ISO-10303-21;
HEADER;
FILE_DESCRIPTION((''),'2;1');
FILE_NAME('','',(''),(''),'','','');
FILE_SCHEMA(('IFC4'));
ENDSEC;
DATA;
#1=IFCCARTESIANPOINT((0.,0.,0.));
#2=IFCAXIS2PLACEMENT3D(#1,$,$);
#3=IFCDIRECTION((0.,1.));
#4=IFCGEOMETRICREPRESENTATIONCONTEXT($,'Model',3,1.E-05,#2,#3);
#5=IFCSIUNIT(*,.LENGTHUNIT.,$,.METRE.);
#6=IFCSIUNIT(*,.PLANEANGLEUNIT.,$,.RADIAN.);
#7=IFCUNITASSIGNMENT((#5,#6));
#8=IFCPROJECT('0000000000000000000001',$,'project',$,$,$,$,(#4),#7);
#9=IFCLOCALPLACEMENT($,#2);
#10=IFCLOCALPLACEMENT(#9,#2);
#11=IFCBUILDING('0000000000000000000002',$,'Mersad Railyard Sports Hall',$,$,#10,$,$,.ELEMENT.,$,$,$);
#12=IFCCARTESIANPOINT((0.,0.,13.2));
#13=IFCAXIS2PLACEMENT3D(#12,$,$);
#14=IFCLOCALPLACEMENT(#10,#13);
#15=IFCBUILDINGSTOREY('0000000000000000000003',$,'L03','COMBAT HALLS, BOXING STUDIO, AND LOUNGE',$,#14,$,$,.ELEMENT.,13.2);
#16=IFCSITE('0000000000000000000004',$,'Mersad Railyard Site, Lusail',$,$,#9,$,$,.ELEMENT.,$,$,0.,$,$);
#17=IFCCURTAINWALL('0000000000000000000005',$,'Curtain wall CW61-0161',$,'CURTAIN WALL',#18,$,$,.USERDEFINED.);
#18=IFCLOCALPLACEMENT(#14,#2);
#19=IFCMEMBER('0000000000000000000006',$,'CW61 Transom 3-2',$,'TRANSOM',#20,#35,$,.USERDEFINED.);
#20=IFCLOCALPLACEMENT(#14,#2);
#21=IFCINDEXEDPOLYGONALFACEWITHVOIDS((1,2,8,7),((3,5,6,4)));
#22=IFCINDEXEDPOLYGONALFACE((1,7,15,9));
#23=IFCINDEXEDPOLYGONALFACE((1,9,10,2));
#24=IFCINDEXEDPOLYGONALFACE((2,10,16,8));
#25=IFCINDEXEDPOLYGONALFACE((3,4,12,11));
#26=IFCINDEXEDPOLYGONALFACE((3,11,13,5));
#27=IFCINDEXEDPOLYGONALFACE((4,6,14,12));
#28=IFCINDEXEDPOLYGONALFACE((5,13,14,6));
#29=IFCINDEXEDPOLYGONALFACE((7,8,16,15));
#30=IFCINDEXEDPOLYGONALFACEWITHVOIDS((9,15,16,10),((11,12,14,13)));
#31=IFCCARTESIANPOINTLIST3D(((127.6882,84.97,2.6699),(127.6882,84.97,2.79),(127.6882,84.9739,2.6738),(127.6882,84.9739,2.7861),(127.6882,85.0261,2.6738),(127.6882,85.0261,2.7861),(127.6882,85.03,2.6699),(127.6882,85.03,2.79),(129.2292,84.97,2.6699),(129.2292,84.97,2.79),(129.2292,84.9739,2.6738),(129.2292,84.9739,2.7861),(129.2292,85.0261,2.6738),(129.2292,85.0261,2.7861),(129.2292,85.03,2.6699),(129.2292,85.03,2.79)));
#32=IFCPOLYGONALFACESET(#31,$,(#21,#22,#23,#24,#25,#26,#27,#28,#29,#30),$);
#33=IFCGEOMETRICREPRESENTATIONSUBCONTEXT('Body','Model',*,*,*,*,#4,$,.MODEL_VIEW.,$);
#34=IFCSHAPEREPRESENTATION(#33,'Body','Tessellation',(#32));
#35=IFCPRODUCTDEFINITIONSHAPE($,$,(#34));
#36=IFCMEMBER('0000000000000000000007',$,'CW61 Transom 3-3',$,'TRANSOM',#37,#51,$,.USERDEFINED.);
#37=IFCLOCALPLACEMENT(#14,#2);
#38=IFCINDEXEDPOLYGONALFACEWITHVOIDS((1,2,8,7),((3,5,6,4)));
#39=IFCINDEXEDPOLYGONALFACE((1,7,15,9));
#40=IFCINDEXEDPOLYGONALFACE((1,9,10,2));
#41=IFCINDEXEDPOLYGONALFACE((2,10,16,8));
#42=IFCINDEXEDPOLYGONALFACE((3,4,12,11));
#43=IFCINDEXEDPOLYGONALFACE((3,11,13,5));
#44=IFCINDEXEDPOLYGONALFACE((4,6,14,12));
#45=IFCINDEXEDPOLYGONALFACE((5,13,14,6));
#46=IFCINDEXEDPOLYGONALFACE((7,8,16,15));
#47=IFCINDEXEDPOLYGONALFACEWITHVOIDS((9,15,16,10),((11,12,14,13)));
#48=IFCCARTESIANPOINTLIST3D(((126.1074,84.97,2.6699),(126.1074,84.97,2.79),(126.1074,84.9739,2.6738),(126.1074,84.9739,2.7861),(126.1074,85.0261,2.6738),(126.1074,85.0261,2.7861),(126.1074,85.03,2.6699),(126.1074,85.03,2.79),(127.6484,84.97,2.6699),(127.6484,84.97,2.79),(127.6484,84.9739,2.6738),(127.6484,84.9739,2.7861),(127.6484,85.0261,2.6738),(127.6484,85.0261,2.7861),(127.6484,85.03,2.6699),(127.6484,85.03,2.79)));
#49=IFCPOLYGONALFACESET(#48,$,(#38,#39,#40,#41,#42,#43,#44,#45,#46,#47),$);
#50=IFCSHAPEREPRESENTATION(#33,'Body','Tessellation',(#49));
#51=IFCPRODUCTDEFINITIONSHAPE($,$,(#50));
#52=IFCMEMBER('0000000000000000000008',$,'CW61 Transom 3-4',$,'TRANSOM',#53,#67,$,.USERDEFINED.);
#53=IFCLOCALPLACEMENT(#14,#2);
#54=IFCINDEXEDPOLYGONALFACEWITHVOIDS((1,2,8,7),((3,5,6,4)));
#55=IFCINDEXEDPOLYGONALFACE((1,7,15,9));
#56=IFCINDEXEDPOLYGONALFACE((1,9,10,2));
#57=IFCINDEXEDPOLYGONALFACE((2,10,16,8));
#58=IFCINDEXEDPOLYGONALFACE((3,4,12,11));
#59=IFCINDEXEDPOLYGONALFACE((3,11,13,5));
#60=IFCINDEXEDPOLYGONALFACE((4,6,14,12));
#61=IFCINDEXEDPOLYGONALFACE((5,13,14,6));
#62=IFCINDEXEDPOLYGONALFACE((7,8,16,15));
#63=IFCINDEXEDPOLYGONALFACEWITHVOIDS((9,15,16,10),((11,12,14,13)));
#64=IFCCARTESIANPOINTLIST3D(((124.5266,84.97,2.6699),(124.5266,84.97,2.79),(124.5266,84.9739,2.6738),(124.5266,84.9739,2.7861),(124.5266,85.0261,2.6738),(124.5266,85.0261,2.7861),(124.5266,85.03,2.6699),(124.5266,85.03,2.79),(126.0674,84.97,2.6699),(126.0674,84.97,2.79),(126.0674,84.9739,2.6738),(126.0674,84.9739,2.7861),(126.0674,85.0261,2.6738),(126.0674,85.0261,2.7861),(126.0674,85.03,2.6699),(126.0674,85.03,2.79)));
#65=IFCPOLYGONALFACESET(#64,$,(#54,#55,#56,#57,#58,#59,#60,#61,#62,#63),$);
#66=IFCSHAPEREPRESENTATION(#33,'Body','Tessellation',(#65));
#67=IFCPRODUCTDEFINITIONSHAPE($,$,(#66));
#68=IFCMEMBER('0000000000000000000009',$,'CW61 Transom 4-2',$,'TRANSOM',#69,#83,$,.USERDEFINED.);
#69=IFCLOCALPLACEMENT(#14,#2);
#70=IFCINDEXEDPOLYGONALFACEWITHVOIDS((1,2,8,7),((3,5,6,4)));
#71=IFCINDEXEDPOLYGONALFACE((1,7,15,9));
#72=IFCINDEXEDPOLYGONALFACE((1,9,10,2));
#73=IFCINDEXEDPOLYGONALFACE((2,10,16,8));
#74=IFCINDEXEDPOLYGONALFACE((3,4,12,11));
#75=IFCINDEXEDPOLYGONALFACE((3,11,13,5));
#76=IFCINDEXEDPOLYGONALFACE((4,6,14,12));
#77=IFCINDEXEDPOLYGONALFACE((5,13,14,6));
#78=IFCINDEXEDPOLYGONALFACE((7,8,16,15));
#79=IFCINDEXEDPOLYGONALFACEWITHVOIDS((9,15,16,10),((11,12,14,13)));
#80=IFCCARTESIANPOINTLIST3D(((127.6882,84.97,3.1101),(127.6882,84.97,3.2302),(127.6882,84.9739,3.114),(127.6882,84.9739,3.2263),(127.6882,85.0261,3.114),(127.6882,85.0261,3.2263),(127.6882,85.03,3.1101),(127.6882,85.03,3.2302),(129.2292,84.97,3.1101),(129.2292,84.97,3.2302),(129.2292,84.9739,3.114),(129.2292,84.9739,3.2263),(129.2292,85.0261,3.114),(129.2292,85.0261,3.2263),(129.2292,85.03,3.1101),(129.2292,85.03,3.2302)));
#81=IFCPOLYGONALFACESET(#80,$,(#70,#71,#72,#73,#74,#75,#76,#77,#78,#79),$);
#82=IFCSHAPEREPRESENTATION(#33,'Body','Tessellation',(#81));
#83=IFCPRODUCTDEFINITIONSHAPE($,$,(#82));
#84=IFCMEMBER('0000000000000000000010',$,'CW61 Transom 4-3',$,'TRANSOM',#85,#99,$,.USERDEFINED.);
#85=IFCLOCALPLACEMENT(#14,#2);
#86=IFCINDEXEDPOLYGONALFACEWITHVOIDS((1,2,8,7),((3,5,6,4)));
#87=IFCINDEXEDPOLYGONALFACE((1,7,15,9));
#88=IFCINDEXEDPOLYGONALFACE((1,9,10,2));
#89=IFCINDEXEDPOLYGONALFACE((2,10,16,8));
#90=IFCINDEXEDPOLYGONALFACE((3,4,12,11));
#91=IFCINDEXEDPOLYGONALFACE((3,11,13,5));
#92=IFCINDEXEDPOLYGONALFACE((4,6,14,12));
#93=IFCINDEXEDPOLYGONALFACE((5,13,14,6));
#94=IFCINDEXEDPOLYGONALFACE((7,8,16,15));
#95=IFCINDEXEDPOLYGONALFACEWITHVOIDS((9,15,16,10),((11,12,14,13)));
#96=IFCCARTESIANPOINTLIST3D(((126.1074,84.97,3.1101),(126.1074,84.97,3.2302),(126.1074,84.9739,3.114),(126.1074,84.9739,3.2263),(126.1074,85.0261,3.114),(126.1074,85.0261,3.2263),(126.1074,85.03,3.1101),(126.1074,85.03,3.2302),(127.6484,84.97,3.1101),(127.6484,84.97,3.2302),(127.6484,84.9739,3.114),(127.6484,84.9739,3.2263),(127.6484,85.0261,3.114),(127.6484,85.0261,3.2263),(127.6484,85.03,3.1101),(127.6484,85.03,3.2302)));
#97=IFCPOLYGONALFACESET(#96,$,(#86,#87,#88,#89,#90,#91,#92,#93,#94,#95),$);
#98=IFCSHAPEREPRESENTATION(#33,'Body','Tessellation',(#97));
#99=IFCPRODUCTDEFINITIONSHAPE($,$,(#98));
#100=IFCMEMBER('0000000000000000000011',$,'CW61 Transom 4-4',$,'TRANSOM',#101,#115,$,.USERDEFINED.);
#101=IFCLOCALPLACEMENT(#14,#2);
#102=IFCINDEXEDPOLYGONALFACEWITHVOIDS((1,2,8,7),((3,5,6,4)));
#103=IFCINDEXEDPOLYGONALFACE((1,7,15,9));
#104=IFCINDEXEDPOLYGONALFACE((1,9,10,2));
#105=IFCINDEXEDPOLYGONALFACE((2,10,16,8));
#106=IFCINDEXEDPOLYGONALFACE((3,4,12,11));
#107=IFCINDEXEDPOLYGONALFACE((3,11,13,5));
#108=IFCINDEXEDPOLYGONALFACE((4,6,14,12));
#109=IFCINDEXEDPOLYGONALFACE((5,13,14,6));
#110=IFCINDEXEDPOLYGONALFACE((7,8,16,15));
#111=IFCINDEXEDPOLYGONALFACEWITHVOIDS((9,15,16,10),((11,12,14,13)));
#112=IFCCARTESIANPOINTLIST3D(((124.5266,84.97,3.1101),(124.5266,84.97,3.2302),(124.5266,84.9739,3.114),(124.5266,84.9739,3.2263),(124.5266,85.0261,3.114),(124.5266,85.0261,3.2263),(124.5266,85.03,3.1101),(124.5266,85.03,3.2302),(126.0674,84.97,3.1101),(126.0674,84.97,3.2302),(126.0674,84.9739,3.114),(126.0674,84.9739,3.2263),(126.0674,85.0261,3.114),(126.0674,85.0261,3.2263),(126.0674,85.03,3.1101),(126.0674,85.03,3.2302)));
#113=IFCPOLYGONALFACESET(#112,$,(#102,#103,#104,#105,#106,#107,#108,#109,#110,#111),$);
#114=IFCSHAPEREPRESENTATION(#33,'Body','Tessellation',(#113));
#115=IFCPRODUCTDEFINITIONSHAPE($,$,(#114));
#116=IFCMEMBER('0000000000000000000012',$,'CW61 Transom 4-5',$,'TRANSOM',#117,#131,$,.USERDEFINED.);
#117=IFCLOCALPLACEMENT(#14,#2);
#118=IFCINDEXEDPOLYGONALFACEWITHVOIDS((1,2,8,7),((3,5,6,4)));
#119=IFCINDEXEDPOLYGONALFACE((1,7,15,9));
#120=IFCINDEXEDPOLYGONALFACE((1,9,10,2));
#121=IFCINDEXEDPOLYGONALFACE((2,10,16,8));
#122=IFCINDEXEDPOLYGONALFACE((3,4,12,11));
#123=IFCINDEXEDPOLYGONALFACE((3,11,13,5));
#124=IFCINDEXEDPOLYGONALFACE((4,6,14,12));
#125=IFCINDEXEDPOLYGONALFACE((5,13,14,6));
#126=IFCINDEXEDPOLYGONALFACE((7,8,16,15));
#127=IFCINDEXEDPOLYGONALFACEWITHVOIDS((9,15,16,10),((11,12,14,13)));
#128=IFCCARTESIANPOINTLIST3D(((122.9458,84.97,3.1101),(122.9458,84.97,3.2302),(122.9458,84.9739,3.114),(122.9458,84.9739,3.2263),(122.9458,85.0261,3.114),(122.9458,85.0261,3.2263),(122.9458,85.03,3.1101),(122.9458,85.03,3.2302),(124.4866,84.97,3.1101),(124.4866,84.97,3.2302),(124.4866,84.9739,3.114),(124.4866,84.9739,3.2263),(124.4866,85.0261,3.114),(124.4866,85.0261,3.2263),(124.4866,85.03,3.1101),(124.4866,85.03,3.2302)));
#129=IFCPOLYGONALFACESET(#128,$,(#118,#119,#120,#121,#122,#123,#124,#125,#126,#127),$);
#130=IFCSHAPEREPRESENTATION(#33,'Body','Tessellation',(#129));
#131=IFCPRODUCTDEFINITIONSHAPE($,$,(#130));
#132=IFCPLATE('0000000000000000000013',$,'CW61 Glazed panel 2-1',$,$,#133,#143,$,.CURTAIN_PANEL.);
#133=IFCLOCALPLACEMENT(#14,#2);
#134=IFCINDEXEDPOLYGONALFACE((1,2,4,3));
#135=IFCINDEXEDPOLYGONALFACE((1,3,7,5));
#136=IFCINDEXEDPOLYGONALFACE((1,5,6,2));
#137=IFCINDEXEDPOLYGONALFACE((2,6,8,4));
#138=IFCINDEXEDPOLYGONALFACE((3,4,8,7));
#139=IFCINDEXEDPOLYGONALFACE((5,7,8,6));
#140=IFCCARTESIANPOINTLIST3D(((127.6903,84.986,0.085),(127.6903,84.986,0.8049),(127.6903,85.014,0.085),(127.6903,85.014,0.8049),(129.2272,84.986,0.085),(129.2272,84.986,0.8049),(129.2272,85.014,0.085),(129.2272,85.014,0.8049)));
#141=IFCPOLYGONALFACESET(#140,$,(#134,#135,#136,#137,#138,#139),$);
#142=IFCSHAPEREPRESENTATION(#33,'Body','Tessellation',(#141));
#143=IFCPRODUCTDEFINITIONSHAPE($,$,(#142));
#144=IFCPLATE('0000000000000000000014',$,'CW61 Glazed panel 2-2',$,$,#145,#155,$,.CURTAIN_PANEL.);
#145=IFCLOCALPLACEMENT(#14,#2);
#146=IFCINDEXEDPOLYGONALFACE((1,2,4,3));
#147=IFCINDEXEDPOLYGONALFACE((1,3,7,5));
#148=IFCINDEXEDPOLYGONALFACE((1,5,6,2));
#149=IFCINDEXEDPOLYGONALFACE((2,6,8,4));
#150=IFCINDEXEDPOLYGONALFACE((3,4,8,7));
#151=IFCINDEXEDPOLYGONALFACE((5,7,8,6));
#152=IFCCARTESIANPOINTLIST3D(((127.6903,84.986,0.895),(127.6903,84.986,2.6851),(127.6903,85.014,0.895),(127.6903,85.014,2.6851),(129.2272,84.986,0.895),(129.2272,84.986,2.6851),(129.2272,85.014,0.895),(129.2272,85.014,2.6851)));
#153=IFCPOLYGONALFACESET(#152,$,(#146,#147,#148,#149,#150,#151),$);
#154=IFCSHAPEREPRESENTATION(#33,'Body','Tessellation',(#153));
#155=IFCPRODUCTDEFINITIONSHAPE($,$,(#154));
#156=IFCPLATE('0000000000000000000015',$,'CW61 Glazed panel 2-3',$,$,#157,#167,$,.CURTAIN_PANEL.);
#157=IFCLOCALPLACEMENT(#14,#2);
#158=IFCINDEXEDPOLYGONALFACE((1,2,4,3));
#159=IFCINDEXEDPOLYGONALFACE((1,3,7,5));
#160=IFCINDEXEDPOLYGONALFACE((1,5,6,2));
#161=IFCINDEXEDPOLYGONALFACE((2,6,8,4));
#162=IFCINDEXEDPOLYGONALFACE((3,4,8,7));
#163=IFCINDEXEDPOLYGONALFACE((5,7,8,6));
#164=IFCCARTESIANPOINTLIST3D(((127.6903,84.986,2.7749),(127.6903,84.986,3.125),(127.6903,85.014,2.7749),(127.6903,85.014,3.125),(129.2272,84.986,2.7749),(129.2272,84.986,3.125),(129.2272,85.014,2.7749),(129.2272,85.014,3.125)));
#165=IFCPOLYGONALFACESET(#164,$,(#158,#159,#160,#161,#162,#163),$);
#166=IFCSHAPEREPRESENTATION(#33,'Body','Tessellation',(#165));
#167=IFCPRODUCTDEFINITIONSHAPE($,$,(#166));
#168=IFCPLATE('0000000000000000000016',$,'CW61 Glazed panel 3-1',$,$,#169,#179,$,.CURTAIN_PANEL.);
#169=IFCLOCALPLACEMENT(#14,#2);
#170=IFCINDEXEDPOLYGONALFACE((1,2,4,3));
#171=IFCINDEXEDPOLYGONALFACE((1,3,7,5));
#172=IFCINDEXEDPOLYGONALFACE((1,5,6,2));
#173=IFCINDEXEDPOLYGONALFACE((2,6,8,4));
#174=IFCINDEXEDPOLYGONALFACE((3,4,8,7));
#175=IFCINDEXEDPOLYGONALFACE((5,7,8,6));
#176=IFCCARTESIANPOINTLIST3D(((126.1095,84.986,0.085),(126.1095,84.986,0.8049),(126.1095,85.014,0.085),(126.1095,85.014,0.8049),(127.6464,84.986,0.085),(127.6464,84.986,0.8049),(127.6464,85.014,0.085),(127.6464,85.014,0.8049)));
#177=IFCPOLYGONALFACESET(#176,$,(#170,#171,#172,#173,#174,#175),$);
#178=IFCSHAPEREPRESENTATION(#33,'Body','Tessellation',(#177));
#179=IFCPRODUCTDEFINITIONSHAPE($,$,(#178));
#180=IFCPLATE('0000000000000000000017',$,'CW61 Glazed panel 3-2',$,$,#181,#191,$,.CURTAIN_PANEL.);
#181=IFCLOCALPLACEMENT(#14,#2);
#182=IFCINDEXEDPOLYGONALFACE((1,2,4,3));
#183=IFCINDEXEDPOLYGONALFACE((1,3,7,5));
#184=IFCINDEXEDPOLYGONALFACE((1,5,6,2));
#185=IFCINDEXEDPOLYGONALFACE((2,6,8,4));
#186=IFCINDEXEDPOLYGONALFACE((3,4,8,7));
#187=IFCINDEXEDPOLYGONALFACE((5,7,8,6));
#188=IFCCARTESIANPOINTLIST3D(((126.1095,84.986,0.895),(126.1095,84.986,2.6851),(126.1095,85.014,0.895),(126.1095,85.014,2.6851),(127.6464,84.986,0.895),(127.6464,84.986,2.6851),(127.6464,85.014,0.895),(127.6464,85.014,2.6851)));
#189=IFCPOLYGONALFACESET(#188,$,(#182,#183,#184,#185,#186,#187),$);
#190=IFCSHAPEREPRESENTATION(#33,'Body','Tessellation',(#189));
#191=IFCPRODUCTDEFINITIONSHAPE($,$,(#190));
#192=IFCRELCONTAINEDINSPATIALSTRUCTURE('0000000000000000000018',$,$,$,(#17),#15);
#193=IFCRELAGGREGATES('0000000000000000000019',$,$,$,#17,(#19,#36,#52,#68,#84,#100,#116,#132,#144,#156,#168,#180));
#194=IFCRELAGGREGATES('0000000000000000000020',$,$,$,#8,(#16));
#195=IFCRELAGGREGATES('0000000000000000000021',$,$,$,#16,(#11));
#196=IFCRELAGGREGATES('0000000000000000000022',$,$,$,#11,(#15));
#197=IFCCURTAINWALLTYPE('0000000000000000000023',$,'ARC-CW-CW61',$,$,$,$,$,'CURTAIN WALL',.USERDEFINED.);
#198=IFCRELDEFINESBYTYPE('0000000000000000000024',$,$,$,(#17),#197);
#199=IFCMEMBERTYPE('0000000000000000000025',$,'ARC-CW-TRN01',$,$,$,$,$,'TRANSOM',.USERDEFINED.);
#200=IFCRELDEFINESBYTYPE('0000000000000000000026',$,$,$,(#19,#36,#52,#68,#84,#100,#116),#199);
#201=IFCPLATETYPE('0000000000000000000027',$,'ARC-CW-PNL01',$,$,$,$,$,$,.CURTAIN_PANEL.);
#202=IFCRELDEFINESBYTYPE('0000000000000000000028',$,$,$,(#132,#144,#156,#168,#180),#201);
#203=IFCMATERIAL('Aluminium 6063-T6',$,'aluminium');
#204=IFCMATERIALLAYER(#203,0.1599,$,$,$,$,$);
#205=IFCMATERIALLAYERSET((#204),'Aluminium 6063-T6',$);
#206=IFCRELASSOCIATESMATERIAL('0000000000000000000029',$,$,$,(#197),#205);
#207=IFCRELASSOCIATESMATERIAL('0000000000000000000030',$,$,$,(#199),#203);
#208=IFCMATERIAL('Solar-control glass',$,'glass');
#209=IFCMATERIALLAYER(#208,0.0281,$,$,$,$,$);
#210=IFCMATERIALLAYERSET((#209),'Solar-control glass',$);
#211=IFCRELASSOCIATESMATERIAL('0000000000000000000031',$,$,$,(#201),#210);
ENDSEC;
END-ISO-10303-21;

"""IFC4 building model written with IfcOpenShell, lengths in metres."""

from ifc_helpers import new_model, si_unit, direction, frame, origin, origin_2d, place, context, subcontext, project, spatial, rectangle, hollow_rectangle, extrude, material, layer, layer_set, material_profile, profile_set, type_object, element, aggregate, save


model = new_model("IFC4")

# Units and contexts
model_context = context("Model", 3, precision=1e-05, world=origin(), true_north=direction((0.0, 1.0)))
body_context = subcontext(model_context, "Body", "Model", "MODEL_VIEW")
ifc_project = project(units=[si_unit("LENGTHUNIT", "METRE"), si_unit("PLANEANGLEUNIT", "RADIAN")], contexts=[model_context])

# Site, building, storey
site_placement = place(None, origin())
site = spatial("IfcSite", under=ifc_project, at=site_placement, Name="Mersad Railyard Site, Lusail", CompositionType="ELEMENT", RefElevation=0.0)
building_placement = place(site_placement, origin())
building = spatial("IfcBuilding", under=site, at=building_placement, Name="Mersad Railyard Sports Hall", CompositionType="ELEMENT")
storey_placement = place(building_placement, frame((0.0, 0.0, 13.2)))
storey = spatial("IfcBuildingStorey", under=building, at=storey_placement, Name="L03", Description="COMBAT HALLS, BOXING STUDIO, AND LOUNGE", CompositionType="ELEMENT", Elevation=13.2)

# Shared definitions
ifc_material_1 = material(Name="Aluminium 6063-T6", Category="aluminium")

# Curtain wall, members, plates
ifc_layer_1 = layer(ifc_material_1, 0.1599)
ifc_layer_set_1 = layer_set([ifc_layer_1], Name="Aluminium 6063-T6")
curtain_wall_type_1 = type_object("IfcCurtainWallType", Name="ARC-CW-CW61", ElementType="CURTAIN WALL", PredefinedType="USERDEFINED", material=ifc_layer_set_1)
curtain_wall_1_placement = place(storey_placement, origin())
curtain_wall_1 = element("IfcCurtainWall", 1, at=curtain_wall_1_placement, inside=storey, type_object=curtain_wall_type_1, Name="Curtain wall CW61-0161", ObjectType="CURTAIN WALL", PredefinedType="USERDEFINED")
ifc_material_profile_1 = material_profile(ifc_material_1, hollow_rectangle(XDim=0.0601, YDim=0.1201, WallThickness=0.0039, at=origin_2d()), Name="AL TRANSOM 60x120x4")
ifc_profile_set_1 = profile_set([ifc_material_profile_1], Name="Aluminium 6063-T6")
member_type_1 = type_object("IfcMemberType", Name="ARC-CW-TRN01", ElementType="TRANSOM", PredefinedType="USERDEFINED", material=ifc_profile_set_1)
member_1_placement = place(storey_placement, frame((129.2292, 85.0, 2.73), z_axis=(-1.0, 0.0, 0.0), x_axis=(0.0, -1.0, 0.0)))
member_1 = element("IfcMember", 2, at=member_1_placement, type_object=member_type_1, Name="CW61 Transom 3-2", ObjectType="TRANSOM", PredefinedType="USERDEFINED", context=body_context, shape_type="SweptSolid", body=[
    extrude(hollow_rectangle(XDim=0.0601, YDim=0.1201, WallThickness=0.0039, at=origin_2d()), origin(), (0.0, 0.0, 1.0), 1.541),
])
member_2_placement = place(storey_placement, frame((127.6484, 85.0, 2.73), z_axis=(-1.0, 0.0, 0.0), x_axis=(0.0, -1.0, 0.0)))
member_2 = element("IfcMember", 3, at=member_2_placement, type_object=member_type_1, Name="CW61 Transom 3-3", ObjectType="TRANSOM", PredefinedType="USERDEFINED", context=body_context, shape_type="SweptSolid", body=[
    extrude(hollow_rectangle(XDim=0.0601, YDim=0.1201, WallThickness=0.0039, at=origin_2d()), origin(), (0.0, 0.0, 1.0), 1.541),
])
member_3_placement = place(storey_placement, frame((126.0674, 85.0, 2.73), z_axis=(-1.0, 0.0, 0.0), x_axis=(0.0, -1.0, 0.0)))
member_3 = element("IfcMember", 4, at=member_3_placement, type_object=member_type_1, Name="CW61 Transom 3-4", ObjectType="TRANSOM", PredefinedType="USERDEFINED", context=body_context, shape_type="SweptSolid", body=[
    extrude(hollow_rectangle(XDim=0.0601, YDim=0.1201, WallThickness=0.0039, at=origin_2d()), origin(), (0.0, 0.0, 1.0), 1.5408),
])
member_4_placement = place(storey_placement, frame((129.2292, 85.0, 3.1702), z_axis=(-1.0, 0.0, 0.0), x_axis=(0.0, -1.0, 0.0)))
member_4 = element("IfcMember", 5, at=member_4_placement, type_object=member_type_1, Name="CW61 Transom 4-2", ObjectType="TRANSOM", PredefinedType="USERDEFINED", context=body_context, shape_type="SweptSolid", body=[
    extrude(hollow_rectangle(XDim=0.0601, YDim=0.1201, WallThickness=0.0039, at=origin_2d()), origin(), (0.0, 0.0, 1.0), 1.541),
])
member_5_placement = place(storey_placement, frame((127.6484, 85.0, 3.1702), z_axis=(-1.0, 0.0, 0.0), x_axis=(0.0, -1.0, 0.0)))
member_5 = element("IfcMember", 6, at=member_5_placement, type_object=member_type_1, Name="CW61 Transom 4-3", ObjectType="TRANSOM", PredefinedType="USERDEFINED", context=body_context, shape_type="SweptSolid", body=[
    extrude(hollow_rectangle(XDim=0.0601, YDim=0.1201, WallThickness=0.0039, at=origin_2d()), origin(), (0.0, 0.0, 1.0), 1.541),
])
member_6_placement = place(storey_placement, frame((126.0674, 85.0, 3.1702), z_axis=(-1.0, 0.0, 0.0), x_axis=(0.0, -1.0, 0.0)))
member_6 = element("IfcMember", 7, at=member_6_placement, type_object=member_type_1, Name="CW61 Transom 4-4", ObjectType="TRANSOM", PredefinedType="USERDEFINED", context=body_context, shape_type="SweptSolid", body=[
    extrude(hollow_rectangle(XDim=0.0601, YDim=0.1201, WallThickness=0.0039, at=origin_2d()), origin(), (0.0, 0.0, 1.0), 1.5408),
])
member_7_placement = place(storey_placement, frame((124.4866, 85.0, 3.1702), z_axis=(-1.0, 0.0, 0.0), x_axis=(0.0, -1.0, 0.0)))
member_7 = element("IfcMember", 8, at=member_7_placement, type_object=member_type_1, Name="CW61 Transom 4-5", ObjectType="TRANSOM", PredefinedType="USERDEFINED", context=body_context, shape_type="SweptSolid", body=[
    extrude(hollow_rectangle(XDim=0.0601, YDim=0.1201, WallThickness=0.0039, at=origin_2d()), origin(), (0.0, 0.0, 1.0), 1.5408),
])
ifc_material_2 = material(Name="Solar-control glass", Category="glass")
ifc_layer_2 = layer(ifc_material_2, 0.0281)
ifc_layer_set_2 = layer_set([ifc_layer_2], Name="Solar-control glass")
plate_type = type_object("IfcPlateType", Name="ARC-CW-PNL01", PredefinedType="CURTAIN_PANEL", material=ifc_layer_set_2)
plate_1_placement = place(storey_placement, frame((128.4587, 85.0, 0.085), z_axis=(0.0, 0.0, 1.0), x_axis=(-1.0, 0.0, 0.0)))
plate_1 = element("IfcPlate", 9, at=plate_1_placement, type_object=plate_type, Name="CW61 Glazed panel 2-1", PredefinedType="CURTAIN_PANEL", context=body_context, shape_type="SweptSolid", body=[
    extrude(rectangle(XDim=1.5369, YDim=0.0281, at=origin_2d()), origin(), (0.0, 0.0, 1.0), 0.72),
])
plate_2_placement = place(storey_placement, frame((128.4587, 85.0, 0.895), z_axis=(0.0, 0.0, 1.0), x_axis=(-1.0, 0.0, 0.0)))
plate_2 = element("IfcPlate", 10, at=plate_2_placement, type_object=plate_type, Name="CW61 Glazed panel 2-2", PredefinedType="CURTAIN_PANEL", context=body_context, shape_type="SweptSolid", body=[
    extrude(rectangle(XDim=1.5369, YDim=0.0281, at=origin_2d()), origin(), (0.0, 0.0, 1.0), 1.79),
])
plate_3_placement = place(storey_placement, frame((128.4587, 85.0, 2.7749), z_axis=(0.0, 0.0, 1.0), x_axis=(-1.0, 0.0, 0.0)))
plate_3 = element("IfcPlate", 11, at=plate_3_placement, type_object=plate_type, Name="CW61 Glazed panel 2-3", PredefinedType="CURTAIN_PANEL", context=body_context, shape_type="SweptSolid", body=[
    extrude(rectangle(XDim=1.5369, YDim=0.0281, at=origin_2d()), origin(), (0.0, 0.0, 1.0), 0.3501),
])
plate_4_placement = place(storey_placement, frame((126.8779, 85.0, 0.085), z_axis=(0.0, 0.0, 1.0), x_axis=(-1.0, 0.0, 0.0)))
plate_4 = element("IfcPlate", 12, at=plate_4_placement, type_object=plate_type, Name="CW61 Glazed panel 3-1", PredefinedType="CURTAIN_PANEL", context=body_context, shape_type="SweptSolid", body=[
    extrude(rectangle(XDim=1.5369, YDim=0.0281, at=origin_2d()), origin(), (0.0, 0.0, 1.0), 0.72),
])
plate_5_placement = place(storey_placement, frame((126.8779, 85.0, 0.895), z_axis=(0.0, 0.0, 1.0), x_axis=(-1.0, 0.0, 0.0)))
plate_5 = element("IfcPlate", 13, at=plate_5_placement, type_object=plate_type, Name="CW61 Glazed panel 3-2", PredefinedType="CURTAIN_PANEL", context=body_context, shape_type="SweptSolid", body=[
    extrude(rectangle(XDim=1.5369, YDim=0.0281, at=origin_2d()), origin(), (0.0, 0.0, 1.0), 1.79),
])
aggregate(curtain_wall_1, [member_1, member_2, member_3, member_4, member_5, member_6, member_7, plate_1, plate_2, plate_3, plate_4, plate_5])

save(model, "model.ifc")
